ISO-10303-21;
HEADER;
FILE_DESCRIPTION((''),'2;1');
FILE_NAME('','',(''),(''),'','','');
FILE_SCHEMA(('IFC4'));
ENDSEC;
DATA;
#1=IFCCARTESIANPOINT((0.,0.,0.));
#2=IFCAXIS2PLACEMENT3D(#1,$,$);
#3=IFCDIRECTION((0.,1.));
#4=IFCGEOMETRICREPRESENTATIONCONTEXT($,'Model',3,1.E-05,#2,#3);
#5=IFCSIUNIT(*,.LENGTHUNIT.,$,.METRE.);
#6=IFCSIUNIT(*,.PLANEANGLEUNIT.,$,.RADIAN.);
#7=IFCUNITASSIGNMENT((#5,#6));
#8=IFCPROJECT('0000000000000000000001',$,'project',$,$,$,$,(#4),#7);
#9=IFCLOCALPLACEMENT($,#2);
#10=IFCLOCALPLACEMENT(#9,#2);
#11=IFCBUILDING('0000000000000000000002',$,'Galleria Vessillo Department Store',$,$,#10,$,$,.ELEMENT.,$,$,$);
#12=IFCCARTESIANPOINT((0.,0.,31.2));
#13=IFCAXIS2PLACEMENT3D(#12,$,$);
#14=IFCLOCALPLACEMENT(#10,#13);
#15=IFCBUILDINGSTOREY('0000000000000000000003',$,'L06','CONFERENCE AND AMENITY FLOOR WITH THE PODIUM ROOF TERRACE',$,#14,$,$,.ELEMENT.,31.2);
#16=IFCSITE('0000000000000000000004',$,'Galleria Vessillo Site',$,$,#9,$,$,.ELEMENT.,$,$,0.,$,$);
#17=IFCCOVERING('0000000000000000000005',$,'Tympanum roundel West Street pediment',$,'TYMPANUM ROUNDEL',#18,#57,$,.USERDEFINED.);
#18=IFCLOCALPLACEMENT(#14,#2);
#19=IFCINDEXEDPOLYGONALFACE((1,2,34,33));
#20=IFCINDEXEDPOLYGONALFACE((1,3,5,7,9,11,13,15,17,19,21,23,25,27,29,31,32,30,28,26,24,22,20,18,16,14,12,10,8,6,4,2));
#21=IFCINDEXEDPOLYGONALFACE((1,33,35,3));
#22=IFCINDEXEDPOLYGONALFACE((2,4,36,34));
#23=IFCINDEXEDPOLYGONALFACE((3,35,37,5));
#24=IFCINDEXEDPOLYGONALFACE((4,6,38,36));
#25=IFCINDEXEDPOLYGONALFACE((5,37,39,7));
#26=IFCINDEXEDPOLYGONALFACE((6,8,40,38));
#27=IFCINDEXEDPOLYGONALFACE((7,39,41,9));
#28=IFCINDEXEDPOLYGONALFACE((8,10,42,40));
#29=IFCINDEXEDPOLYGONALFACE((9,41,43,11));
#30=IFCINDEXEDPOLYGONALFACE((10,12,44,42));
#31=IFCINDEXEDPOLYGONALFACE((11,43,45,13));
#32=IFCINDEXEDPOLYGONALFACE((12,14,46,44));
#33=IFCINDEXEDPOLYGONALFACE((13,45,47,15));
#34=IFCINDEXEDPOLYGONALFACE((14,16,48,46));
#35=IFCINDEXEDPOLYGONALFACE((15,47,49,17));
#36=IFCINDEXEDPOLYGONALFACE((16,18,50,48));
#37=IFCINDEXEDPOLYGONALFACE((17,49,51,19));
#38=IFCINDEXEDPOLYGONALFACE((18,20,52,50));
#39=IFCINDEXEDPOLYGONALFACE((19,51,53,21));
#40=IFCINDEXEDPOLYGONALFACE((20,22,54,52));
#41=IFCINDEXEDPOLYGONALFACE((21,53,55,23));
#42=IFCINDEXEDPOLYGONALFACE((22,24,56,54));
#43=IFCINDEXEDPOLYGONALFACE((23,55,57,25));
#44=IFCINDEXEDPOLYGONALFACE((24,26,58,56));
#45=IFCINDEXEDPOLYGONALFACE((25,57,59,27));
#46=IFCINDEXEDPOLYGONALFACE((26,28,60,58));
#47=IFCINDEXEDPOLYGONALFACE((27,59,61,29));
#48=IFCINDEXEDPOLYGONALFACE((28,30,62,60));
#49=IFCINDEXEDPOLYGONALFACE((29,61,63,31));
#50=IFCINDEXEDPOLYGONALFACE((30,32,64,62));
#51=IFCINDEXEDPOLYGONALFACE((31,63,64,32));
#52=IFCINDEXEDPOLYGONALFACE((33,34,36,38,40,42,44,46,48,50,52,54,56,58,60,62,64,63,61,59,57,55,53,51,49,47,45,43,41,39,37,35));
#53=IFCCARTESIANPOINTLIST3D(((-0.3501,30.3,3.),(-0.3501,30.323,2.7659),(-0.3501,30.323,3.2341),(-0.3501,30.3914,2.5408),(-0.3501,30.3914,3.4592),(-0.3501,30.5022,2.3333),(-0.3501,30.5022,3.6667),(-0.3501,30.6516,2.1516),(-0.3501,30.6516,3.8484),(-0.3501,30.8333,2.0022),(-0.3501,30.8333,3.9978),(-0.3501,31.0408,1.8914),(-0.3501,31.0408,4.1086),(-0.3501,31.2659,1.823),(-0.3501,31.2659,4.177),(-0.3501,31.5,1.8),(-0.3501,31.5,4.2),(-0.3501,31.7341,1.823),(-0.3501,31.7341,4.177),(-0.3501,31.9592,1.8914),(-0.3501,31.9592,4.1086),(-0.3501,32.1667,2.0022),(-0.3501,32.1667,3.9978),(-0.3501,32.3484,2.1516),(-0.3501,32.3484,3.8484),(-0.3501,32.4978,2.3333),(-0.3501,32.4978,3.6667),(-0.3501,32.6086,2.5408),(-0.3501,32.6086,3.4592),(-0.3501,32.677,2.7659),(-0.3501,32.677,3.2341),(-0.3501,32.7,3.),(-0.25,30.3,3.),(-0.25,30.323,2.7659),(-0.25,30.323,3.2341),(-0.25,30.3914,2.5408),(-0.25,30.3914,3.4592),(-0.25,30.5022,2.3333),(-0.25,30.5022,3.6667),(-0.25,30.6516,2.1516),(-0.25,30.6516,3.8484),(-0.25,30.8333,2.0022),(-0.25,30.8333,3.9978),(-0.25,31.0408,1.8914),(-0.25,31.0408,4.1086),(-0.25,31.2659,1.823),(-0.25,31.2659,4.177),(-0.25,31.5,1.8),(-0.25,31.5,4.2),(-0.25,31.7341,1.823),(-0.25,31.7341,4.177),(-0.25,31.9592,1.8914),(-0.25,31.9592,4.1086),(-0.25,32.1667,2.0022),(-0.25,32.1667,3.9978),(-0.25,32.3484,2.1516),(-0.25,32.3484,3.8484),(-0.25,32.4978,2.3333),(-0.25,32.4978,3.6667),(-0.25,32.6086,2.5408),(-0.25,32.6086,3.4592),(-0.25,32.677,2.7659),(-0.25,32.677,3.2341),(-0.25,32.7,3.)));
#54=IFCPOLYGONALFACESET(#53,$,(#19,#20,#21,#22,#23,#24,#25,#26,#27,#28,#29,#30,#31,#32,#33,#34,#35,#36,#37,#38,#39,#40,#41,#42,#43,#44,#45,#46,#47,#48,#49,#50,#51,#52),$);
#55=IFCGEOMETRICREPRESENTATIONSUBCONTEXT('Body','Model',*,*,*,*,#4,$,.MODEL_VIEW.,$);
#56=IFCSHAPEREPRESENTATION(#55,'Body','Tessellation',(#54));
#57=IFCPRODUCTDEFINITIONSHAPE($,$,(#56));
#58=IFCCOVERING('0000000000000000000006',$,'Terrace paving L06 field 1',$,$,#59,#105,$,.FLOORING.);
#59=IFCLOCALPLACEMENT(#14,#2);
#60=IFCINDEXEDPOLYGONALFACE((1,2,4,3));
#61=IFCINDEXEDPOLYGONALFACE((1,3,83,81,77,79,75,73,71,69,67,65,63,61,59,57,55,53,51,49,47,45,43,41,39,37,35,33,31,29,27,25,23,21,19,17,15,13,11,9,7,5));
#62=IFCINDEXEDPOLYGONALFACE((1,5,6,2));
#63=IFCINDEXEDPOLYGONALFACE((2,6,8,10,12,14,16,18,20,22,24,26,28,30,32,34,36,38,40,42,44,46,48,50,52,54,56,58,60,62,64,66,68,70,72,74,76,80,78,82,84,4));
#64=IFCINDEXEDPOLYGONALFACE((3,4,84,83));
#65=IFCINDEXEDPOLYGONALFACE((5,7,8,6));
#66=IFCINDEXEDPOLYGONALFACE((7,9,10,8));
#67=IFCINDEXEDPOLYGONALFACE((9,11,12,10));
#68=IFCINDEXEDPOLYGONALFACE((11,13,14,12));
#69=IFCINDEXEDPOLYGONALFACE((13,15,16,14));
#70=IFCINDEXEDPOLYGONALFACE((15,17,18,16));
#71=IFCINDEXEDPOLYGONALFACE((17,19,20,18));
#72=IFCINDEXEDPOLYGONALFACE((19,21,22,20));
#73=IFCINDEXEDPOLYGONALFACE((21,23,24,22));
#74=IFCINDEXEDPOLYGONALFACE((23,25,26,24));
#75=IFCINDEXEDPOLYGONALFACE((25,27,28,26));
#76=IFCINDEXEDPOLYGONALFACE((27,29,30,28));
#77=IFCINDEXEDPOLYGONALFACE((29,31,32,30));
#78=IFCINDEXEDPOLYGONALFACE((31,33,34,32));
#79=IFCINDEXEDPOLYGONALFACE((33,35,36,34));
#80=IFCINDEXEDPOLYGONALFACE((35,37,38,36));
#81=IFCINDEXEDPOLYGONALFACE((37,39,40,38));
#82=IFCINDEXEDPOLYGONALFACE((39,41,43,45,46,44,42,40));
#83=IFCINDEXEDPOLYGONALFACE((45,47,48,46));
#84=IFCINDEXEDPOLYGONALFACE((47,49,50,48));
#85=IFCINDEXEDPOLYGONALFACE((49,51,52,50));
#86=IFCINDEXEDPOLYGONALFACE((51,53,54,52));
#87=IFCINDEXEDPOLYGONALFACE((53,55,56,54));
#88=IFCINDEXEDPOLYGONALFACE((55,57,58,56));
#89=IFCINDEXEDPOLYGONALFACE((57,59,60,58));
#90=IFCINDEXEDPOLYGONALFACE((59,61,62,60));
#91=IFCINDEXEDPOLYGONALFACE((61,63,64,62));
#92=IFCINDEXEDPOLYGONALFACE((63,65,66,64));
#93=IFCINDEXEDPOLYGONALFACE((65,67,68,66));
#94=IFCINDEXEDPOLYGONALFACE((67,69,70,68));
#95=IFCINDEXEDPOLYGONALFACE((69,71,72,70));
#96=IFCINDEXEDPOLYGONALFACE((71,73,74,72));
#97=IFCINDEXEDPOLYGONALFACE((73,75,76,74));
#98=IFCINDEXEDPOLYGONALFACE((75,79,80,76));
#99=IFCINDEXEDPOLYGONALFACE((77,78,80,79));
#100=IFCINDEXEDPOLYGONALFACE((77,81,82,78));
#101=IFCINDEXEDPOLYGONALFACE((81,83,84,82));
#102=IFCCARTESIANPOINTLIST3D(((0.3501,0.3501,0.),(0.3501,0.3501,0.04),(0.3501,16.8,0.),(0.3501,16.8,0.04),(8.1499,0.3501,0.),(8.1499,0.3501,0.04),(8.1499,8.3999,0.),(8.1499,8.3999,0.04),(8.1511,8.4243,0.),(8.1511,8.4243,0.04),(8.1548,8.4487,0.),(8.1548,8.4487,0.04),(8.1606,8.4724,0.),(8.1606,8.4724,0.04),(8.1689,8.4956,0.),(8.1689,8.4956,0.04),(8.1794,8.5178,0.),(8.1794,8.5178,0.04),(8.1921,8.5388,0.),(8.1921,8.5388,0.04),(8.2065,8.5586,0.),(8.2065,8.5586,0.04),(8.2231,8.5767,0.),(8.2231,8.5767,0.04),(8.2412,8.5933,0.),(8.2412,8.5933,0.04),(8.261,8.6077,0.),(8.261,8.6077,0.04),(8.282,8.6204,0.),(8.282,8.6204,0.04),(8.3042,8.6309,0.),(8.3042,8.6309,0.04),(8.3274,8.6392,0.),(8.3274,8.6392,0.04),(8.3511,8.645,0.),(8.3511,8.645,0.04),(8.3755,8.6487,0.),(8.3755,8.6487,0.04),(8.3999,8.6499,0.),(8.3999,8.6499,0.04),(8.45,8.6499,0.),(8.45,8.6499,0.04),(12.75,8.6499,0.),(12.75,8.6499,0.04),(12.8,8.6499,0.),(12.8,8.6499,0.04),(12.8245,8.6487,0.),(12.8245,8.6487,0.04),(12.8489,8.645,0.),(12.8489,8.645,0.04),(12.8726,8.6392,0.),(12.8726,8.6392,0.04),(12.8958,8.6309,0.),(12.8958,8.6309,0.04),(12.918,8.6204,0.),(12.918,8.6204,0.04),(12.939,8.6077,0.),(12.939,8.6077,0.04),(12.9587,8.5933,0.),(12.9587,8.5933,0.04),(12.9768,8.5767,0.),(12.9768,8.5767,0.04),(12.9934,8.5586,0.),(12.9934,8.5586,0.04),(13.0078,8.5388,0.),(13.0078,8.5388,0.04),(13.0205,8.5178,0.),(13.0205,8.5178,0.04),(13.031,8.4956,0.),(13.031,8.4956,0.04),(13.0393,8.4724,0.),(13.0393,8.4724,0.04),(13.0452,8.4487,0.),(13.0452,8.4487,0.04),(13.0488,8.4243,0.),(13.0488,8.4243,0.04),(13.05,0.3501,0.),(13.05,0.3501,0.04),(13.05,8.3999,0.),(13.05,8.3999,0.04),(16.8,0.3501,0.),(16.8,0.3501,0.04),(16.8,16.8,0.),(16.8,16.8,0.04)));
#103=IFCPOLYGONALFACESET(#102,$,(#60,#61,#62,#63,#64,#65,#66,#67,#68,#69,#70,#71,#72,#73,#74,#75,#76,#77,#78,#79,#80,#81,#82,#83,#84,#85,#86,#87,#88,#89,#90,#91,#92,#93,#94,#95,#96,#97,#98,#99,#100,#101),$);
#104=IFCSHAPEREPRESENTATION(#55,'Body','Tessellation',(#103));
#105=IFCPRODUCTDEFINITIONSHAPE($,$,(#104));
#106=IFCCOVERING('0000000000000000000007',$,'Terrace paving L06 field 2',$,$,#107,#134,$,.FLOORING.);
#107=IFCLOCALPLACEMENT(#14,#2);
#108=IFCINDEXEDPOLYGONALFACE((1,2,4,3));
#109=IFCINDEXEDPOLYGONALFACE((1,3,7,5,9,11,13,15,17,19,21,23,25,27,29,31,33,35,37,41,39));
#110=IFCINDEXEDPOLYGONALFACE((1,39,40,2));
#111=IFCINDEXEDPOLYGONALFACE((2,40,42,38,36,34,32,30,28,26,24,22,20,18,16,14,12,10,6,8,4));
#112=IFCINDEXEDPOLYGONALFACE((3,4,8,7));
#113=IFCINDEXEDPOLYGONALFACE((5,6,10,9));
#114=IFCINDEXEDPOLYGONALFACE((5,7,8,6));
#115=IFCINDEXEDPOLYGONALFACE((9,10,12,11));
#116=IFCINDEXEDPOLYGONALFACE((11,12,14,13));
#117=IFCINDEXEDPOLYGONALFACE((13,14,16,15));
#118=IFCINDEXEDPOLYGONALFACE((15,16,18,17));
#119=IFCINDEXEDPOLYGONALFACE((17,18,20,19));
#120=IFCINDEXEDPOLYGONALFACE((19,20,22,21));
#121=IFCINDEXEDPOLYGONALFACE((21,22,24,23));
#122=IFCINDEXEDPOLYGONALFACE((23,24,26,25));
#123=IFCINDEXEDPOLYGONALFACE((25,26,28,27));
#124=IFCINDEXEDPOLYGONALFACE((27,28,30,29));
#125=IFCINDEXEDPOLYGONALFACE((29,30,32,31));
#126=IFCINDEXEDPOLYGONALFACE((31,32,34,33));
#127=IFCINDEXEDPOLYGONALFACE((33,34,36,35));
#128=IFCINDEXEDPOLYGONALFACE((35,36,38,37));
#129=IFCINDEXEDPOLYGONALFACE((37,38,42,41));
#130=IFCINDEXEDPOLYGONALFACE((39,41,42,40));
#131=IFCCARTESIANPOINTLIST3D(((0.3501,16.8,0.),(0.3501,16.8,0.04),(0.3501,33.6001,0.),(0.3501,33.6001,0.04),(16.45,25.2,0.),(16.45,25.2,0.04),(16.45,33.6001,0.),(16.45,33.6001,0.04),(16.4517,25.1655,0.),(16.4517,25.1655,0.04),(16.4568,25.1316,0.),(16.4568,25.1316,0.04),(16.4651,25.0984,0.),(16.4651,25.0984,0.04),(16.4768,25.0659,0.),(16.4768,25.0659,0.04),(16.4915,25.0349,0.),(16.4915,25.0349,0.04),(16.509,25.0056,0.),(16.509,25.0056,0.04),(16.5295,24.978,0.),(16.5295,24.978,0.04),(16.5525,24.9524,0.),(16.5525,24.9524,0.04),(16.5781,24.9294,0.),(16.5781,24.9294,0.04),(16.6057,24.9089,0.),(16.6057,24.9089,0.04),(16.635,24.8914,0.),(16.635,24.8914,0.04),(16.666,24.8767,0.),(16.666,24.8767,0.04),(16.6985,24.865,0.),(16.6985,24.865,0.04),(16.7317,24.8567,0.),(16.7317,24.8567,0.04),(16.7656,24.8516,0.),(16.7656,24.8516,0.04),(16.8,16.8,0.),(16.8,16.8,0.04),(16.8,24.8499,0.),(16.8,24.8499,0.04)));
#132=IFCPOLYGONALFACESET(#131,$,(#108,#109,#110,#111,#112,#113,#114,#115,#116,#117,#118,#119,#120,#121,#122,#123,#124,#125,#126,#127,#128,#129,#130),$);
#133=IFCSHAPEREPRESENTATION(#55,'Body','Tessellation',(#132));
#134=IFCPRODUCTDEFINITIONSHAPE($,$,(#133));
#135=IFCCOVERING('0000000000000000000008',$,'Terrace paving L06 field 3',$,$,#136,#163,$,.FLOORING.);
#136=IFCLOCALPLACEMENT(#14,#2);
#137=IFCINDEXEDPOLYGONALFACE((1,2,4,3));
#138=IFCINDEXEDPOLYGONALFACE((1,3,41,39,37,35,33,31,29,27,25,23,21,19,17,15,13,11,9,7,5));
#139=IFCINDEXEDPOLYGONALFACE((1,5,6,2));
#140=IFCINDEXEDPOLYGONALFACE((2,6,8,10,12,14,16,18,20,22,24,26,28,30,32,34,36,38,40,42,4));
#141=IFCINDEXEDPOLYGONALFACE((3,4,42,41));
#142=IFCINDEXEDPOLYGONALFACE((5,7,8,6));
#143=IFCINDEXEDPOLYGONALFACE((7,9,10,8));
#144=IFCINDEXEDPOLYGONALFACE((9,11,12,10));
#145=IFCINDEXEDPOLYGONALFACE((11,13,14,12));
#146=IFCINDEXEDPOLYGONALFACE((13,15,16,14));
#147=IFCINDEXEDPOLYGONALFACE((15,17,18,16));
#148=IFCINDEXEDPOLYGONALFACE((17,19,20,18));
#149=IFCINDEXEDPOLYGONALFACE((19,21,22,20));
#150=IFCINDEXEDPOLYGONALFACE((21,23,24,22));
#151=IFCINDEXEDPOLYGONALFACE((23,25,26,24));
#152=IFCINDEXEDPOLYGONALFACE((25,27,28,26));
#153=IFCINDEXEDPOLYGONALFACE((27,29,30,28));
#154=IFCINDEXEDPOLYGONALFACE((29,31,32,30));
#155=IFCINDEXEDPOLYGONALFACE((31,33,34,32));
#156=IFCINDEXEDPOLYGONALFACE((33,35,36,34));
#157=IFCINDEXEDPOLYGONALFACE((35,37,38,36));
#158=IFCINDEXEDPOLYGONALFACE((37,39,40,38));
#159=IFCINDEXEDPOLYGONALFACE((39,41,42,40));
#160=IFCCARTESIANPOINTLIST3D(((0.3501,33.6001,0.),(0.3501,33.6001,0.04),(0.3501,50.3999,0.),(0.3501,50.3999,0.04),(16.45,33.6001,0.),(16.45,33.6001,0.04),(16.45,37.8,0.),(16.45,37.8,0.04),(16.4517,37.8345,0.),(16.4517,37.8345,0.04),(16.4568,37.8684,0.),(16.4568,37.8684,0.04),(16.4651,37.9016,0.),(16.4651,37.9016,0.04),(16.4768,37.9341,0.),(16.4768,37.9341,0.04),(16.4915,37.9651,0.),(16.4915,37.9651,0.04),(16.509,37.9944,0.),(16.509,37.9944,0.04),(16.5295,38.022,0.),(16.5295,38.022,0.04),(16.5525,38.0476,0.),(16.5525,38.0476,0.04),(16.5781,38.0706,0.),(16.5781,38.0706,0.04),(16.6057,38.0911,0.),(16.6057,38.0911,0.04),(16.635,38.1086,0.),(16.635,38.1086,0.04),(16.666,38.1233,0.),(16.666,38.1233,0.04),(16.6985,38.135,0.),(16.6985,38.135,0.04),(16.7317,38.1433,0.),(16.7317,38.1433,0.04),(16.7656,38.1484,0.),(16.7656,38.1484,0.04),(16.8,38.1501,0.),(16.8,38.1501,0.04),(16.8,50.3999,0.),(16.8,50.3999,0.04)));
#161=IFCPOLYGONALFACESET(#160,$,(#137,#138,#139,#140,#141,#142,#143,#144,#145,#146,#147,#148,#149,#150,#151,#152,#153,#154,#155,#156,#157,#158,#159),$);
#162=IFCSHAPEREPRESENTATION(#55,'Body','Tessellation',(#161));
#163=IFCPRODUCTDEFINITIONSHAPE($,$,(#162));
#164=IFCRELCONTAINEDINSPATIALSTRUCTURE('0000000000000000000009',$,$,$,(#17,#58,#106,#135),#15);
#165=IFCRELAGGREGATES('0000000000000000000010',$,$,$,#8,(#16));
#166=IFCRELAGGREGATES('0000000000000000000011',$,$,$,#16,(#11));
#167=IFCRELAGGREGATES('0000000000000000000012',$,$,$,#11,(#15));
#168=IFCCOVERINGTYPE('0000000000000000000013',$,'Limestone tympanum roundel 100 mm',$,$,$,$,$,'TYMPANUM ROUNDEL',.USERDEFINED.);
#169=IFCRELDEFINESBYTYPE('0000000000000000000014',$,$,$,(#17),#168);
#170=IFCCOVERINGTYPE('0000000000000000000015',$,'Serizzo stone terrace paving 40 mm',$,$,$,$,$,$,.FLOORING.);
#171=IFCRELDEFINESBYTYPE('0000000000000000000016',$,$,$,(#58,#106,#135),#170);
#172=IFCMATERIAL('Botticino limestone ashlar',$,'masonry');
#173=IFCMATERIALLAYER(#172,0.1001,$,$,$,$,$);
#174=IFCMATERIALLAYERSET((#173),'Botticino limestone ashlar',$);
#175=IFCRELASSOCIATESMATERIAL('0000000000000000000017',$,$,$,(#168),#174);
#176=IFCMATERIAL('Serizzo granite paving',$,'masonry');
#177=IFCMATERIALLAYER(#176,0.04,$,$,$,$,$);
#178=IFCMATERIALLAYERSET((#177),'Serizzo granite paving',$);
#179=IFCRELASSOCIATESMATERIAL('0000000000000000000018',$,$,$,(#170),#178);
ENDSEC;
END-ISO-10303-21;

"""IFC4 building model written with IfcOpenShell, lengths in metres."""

from ifc_helpers import new_model, si_unit, direction, frame, origin, place, context, subcontext, project, spatial, polyline, outline, extrude, material, layer, layer_set, type_object, element, save


model = new_model("IFC4")

# Units and contexts
model_context = context("Model", 3, precision=1e-05, world=origin(), true_north=direction((0.0, 1.0)))
body_context = subcontext(model_context, "Body", "Model", "MODEL_VIEW")
ifc_project = project(units=[si_unit("LENGTHUNIT", "METRE"), si_unit("PLANEANGLEUNIT", "RADIAN")], contexts=[model_context])

# Site, building, storey
site_placement = place(None, origin())
site = spatial("IfcSite", under=ifc_project, at=site_placement, Name="Galleria Vessillo Site", CompositionType="ELEMENT", RefElevation=0.0)
building_placement = place(site_placement, origin())
building = spatial("IfcBuilding", under=site, at=building_placement, Name="Galleria Vessillo Department Store", CompositionType="ELEMENT")
storey_placement = place(building_placement, frame((0.0, 0.0, 31.2)))
storey = spatial("IfcBuildingStorey", under=building, at=storey_placement, Name="L06", Description="CONFERENCE AND AMENITY FLOOR WITH THE PODIUM ROOF TERRACE", CompositionType="ELEMENT", Elevation=31.2)

# Coverings
ifc_material_1 = material(Name="Botticino limestone ashlar", Category="masonry")
ifc_layer_1 = layer(ifc_material_1, 0.1001)
ifc_layer_set_1 = layer_set([ifc_layer_1], Name="Botticino limestone ashlar")
covering_type_1 = type_object("IfcCoveringType", Name="Limestone tympanum roundel 100 mm", ElementType="TYMPANUM ROUNDEL", PredefinedType="USERDEFINED", material=ifc_layer_set_1)
covering_1_placement = place(storey_placement, frame((-0.25, 0.0, 0.0), z_axis=(-1.0, 0.0, 0.0), x_axis=(0.0, -1.0, 0.0)))
element("IfcCovering", 1, at=covering_1_placement, inside=storey, type_object=covering_type_1, Name="Tympanum roundel West Street pediment", ObjectType="TYMPANUM ROUNDEL", PredefinedType="USERDEFINED", context=body_context, shape_type="SweptSolid", body=[
    extrude(outline(polyline([(-32.7, 3.0), (-32.677, 3.2341), (-32.6086, 3.4592), (-32.4978, 3.6667), (-32.3484, 3.8484), (-32.1667, 3.9978), (-31.9592, 4.1086), (-31.7341, 4.177), (-31.5, 4.2), (-31.2659, 4.177), (-31.0408, 4.1086), (-30.8333, 3.9978), (-30.6516, 3.8484), (-30.5022, 3.6667), (-30.3914, 3.4592), (-30.323, 3.2341), (-30.3, 3.0), (-30.323, 2.7659), (-30.3914, 2.5408), (-30.5022, 2.3333), (-30.6516, 2.1516), (-30.8333, 2.0022), (-31.0408, 1.8914), (-31.2659, 1.823), (-31.5, 1.8), (-31.7341, 1.823), (-31.9592, 1.8914), (-32.1667, 2.0022), (-32.3484, 2.1516), (-32.4978, 2.3333), (-32.6086, 2.5408), (-32.677, 2.7659), (-32.7, 3.0)])), origin(), (0.0, 0.0, 1.0), 0.1001),
])
ifc_material_2 = material(Name="Serizzo granite paving", Category="masonry")
ifc_layer_2 = layer(ifc_material_2, 0.04)
ifc_layer_set_2 = layer_set([ifc_layer_2], Name="Serizzo granite paving")
covering_type_2 = type_object("IfcCoveringType", Name="Serizzo stone terrace paving 40 mm", PredefinedType="FLOORING", material=ifc_layer_set_2)
covering_2_placement = place(storey_placement, origin())
element("IfcCovering", 2, at=covering_2_placement, inside=storey, type_object=covering_type_2, Name="Terrace paving L06 field 1", PredefinedType="FLOORING", context=body_context, shape_type="SweptSolid", body=[
    extrude(outline(polyline([(0.3501, 16.8), (16.8, 16.8), (16.8, 0.3501), (13.05, 0.3501), (13.05, 8.3999), (13.0488, 8.4243), (13.0452, 8.4487), (13.0393, 8.4724), (13.031, 8.4956), (13.0205, 8.5178), (13.0078, 8.5388), (12.9934, 8.5586), (12.9768, 8.5767), (12.9587, 8.5933), (12.939, 8.6077), (12.918, 8.6204), (12.8958, 8.6309), (12.8726, 8.6392), (12.8489, 8.645), (12.8245, 8.6487), (12.8, 8.6499), (12.75, 8.6499), (12.75, 8.6499), (8.45, 8.6499), (8.45, 8.6499), (8.3999, 8.6499), (8.3755, 8.6487), (8.3511, 8.645), (8.3274, 8.6392), (8.3042, 8.6309), (8.282, 8.6204), (8.261, 8.6077), (8.2412, 8.5933), (8.2231, 8.5767), (8.2065, 8.5586), (8.1921, 8.5388), (8.1794, 8.5178), (8.1689, 8.4956), (8.1606, 8.4724), (8.1548, 8.4487), (8.1511, 8.4243), (8.1499, 8.3999), (8.1499, 0.3501), (0.3501, 0.3501), (0.3501, 16.8)])), origin(), (0.0, 0.0, 1.0), 0.04),
])
covering_3_placement = place(storey_placement, origin())
element("IfcCovering", 3, at=covering_3_placement, inside=storey, type_object=covering_type_2, Name="Terrace paving L06 field 2", PredefinedType="FLOORING", context=body_context, shape_type="SweptSolid", body=[
    extrude(outline(polyline([(0.3501, 33.6001), (16.45, 33.6001), (16.45, 25.2), (16.4517, 25.1655), (16.4568, 25.1316), (16.4651, 25.0984), (16.4768, 25.0659), (16.4915, 25.0349), (16.509, 25.0056), (16.5295, 24.978), (16.5525, 24.9524), (16.5781, 24.9294), (16.6057, 24.9089), (16.635, 24.8914), (16.666, 24.8767), (16.6985, 24.865), (16.7317, 24.8567), (16.7656, 24.8516), (16.8, 24.8499), (16.8, 16.8), (0.3501, 16.8), (0.3501, 33.6001)])), origin(), (0.0, 0.0, 1.0), 0.04),
])
covering_4_placement = place(storey_placement, origin())
element("IfcCovering", 4, at=covering_4_placement, inside=storey, type_object=covering_type_2, Name="Terrace paving L06 field 3", PredefinedType="FLOORING", context=body_context, shape_type="SweptSolid", body=[
    extrude(outline(polyline([(0.3501, 50.3999), (16.8, 50.3999), (16.8, 38.1501), (16.7656, 38.1484), (16.7317, 38.1433), (16.6985, 38.135), (16.666, 38.1233), (16.635, 38.1086), (16.6057, 38.0911), (16.5781, 38.0706), (16.5525, 38.0476), (16.5295, 38.022), (16.509, 37.9944), (16.4915, 37.9651), (16.4768, 37.9341), (16.4651, 37.9016), (16.4568, 37.8684), (16.4517, 37.8345), (16.45, 37.8), (16.45, 33.6001), (0.3501, 33.6001), (0.3501, 50.3999)])), origin(), (0.0, 0.0, 1.0), 0.04),
])

save(model, "model.ifc")
